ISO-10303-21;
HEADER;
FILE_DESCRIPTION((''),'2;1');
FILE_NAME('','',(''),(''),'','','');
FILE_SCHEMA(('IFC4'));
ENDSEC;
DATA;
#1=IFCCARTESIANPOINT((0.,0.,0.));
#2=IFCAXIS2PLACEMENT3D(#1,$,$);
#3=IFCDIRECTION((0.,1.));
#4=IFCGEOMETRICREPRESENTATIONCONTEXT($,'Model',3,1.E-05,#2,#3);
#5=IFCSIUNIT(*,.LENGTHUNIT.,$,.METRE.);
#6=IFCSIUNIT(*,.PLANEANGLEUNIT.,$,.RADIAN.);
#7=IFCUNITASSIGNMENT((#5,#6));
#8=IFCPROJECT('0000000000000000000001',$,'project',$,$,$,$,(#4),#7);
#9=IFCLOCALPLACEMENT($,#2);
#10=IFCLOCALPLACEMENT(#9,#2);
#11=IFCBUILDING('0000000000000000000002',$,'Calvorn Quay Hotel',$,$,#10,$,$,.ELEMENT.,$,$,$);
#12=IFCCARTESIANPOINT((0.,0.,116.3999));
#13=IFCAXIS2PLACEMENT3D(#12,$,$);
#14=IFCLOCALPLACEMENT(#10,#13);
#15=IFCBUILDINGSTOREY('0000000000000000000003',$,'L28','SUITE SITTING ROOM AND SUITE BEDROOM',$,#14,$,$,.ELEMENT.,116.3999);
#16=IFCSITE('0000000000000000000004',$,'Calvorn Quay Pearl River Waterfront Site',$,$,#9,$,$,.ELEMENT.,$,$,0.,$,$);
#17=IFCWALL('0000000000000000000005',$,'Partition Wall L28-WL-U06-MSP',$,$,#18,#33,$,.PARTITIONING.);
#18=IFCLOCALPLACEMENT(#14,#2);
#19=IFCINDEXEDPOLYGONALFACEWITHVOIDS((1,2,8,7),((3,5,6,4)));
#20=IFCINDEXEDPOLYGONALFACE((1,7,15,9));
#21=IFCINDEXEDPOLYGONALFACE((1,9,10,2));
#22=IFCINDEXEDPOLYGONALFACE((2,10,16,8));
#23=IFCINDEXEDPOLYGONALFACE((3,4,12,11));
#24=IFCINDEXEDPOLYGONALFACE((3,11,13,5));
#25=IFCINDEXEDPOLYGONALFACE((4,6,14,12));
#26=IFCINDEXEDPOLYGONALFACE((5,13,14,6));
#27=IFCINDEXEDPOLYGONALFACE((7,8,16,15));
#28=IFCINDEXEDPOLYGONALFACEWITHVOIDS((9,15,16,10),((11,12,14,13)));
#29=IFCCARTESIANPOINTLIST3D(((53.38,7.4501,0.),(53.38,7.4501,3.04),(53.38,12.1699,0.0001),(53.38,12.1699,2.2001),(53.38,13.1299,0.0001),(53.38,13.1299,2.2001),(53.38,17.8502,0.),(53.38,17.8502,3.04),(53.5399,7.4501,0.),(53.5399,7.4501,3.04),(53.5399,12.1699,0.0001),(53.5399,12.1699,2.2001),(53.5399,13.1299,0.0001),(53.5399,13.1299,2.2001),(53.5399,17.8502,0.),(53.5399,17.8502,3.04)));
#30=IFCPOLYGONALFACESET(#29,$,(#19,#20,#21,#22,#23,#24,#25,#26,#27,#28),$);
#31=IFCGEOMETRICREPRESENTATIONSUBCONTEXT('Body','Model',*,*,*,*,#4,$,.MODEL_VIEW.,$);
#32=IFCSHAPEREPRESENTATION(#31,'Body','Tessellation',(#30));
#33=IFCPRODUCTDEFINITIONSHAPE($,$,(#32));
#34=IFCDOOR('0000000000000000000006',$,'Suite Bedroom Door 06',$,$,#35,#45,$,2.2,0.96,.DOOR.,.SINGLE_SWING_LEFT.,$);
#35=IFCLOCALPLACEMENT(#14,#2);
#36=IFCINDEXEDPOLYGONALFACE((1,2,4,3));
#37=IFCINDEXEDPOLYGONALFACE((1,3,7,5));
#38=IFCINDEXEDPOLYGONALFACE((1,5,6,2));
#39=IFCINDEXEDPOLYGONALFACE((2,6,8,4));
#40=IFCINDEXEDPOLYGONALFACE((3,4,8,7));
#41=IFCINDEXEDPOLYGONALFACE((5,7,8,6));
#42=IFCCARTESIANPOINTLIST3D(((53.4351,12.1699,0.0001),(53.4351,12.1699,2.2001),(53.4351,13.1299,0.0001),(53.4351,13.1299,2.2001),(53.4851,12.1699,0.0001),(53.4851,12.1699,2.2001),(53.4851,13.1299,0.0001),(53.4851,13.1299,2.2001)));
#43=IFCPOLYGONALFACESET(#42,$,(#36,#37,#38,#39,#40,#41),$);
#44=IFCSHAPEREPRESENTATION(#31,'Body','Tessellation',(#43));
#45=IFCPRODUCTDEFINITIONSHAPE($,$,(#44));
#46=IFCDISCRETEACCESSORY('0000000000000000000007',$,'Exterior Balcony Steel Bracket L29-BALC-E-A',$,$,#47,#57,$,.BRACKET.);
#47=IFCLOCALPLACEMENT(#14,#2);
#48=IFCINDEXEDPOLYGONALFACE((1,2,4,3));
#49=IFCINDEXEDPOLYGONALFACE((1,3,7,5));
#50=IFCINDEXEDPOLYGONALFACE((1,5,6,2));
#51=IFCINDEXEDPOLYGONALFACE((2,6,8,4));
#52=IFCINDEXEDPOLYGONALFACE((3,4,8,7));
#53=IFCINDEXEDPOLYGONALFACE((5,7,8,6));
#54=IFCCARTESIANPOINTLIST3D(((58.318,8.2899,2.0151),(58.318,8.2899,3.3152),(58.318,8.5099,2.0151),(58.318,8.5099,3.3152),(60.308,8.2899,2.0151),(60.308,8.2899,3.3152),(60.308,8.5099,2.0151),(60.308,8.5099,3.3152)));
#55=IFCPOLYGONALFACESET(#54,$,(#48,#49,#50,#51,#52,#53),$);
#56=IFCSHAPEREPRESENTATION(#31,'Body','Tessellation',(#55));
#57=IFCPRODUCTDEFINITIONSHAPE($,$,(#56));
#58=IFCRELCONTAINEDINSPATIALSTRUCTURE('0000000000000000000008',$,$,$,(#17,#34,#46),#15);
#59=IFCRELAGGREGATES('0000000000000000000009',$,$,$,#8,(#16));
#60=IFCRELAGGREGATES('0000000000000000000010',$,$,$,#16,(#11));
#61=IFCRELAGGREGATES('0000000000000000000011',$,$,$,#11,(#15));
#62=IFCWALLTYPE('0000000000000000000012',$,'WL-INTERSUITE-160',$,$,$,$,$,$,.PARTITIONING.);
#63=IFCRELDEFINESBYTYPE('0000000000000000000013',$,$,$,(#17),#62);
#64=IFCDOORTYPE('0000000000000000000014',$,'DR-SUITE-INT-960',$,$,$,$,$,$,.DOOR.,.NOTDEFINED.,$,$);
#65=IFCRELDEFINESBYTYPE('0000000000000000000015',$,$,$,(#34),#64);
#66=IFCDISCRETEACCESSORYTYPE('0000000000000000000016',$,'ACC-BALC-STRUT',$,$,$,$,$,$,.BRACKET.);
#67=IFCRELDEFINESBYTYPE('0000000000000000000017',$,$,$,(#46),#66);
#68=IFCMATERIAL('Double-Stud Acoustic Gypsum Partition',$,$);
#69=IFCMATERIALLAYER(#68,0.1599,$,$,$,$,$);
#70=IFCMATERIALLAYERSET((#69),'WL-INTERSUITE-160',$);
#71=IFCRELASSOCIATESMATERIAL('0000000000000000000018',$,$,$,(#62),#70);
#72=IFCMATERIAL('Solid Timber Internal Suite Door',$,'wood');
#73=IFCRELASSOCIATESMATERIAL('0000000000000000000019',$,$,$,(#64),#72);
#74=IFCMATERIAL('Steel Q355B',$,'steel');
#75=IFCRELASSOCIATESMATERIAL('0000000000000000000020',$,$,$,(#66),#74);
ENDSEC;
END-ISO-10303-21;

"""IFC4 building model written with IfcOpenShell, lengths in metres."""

from ifc_helpers import new_model, si_unit, direction, frame, frame_2d, origin, origin_2d, place, context, subcontext, project, spatial, rectangle, extrude, material, layer, layer_set, type_object, element, fill, save


model = new_model("IFC4")

# Units and contexts
model_context = context("Model", 3, precision=1e-05, world=origin(), true_north=direction((0.0, 1.0)))
body_context = subcontext(model_context, "Body", "Model", "MODEL_VIEW")
ifc_project = project(units=[si_unit("LENGTHUNIT", "METRE"), si_unit("PLANEANGLEUNIT", "RADIAN")], contexts=[model_context])

# Site, building, storey
site_placement = place(None, origin())
site = spatial("IfcSite", under=ifc_project, at=site_placement, Name="Calvorn Quay Pearl River Waterfront Site", CompositionType="ELEMENT", RefElevation=0.0)
building_placement = place(site_placement, origin())
building = spatial("IfcBuilding", under=site, at=building_placement, Name="Calvorn Quay Hotel", CompositionType="ELEMENT")
storey_placement = place(building_placement, frame((0.0, 0.0, 116.3999)))
storey = spatial("IfcBuildingStorey", under=building, at=storey_placement, Name="L28", Description="SUITE SITTING ROOM AND SUITE BEDROOM", CompositionType="ELEMENT", Elevation=116.3999)

# Wall, opening, door
ifc_material_1 = material(Name="Double-Stud Acoustic Gypsum Partition")
ifc_layer_1 = layer(ifc_material_1, 0.1599)
ifc_layer_set_1 = layer_set([ifc_layer_1], Name="WL-INTERSUITE-160")
wall_type_1 = type_object("IfcWallType", Name="WL-INTERSUITE-160", PredefinedType="PARTITIONING", material=ifc_layer_set_1)
wall_1_placement = place(storey_placement, frame((53.46, 7.45, 0.0), z_axis=(0.0, 0.0, 1.0), x_axis=(0.0, 1.0, 0.0)))
wall_1 = element("IfcWall", 1, at=wall_1_placement, inside=storey, type_object=wall_type_1, Name="Partition Wall L28-WL-U06-MSP", PredefinedType="PARTITIONING", context=body_context, shape_type="SweptSolid", body=[
    extrude(rectangle(XDim=10.4001, YDim=0.1599, at=frame_2d((5.2002, 0.0))), origin(), (0.0, 0.0, 1.0), 3.04),
])
opening_1_placement = place(wall_1_placement, frame((4.72, 0.0, 0.0)))
opening_1 = element("IfcOpeningElement", 2, at=opening_1_placement, cuts=wall_1, PredefinedType="OPENING", context=body_context, shape_type="SweptSolid", body=[
    extrude(rectangle(XDim=0.96, YDim=2.2, at=frame_2d((0.48, 1.1001))), frame((0.0, 0.0898, 0.0), z_axis=(0.0, -1.0, 0.0), x_axis=(1.0, 0.0, 0.0)), (0.0, 0.0, 1.0), 0.1799),
])
ifc_material_2 = material(Name="Solid Timber Internal Suite Door", Category="wood")
door_type_1 = type_object("IfcDoorType", Name="DR-SUITE-INT-960", OperationType="NOTDEFINED", PredefinedType="DOOR", material=ifc_material_2)
door_1_placement = place(opening_1_placement, origin())
door_1 = element("IfcDoor", 3, at=door_1_placement, inside=storey, type_object=door_type_1, Name="Suite Bedroom Door 06", OperationType="SINGLE_SWING_LEFT", OverallHeight=2.2, OverallWidth=0.96, PredefinedType="DOOR", context=body_context, shape_type="SweptSolid", body=[
    extrude(rectangle(XDim=0.96, YDim=2.2, at=frame_2d((0.48, 1.1001))), frame((0.0, 0.0249, 0.0), z_axis=(0.0, -1.0, 0.0), x_axis=(1.0, 0.0, 0.0)), (0.0, 0.0, 1.0), 0.05),
])
fill(opening_1, door_1)

# Discrete accessory
ifc_material_3 = material(Name="Steel Q355B", Category="steel")
discrete_accessory_type = type_object("IfcDiscreteAccessoryType", Name="ACC-BALC-STRUT", PredefinedType="BRACKET", material=ifc_material_3)
discrete_accessory_placement = place(storey_placement, frame((59.313, 8.3999, 2.0151), z_axis=(0.0, 0.0, 1.0), x_axis=(1.0, 0.0, 0.0)))
element("IfcDiscreteAccessory", 4, at=discrete_accessory_placement, inside=storey, type_object=discrete_accessory_type, Name="Exterior Balcony Steel Bracket L29-BALC-E-A", PredefinedType="BRACKET", context=body_context, shape_type="SweptSolid", body=[
    extrude(rectangle(XDim=1.99, YDim=0.22, at=origin_2d()), origin(), (0.0, 0.0, 1.0), 1.3),
])

save(model, "model.ifc")
